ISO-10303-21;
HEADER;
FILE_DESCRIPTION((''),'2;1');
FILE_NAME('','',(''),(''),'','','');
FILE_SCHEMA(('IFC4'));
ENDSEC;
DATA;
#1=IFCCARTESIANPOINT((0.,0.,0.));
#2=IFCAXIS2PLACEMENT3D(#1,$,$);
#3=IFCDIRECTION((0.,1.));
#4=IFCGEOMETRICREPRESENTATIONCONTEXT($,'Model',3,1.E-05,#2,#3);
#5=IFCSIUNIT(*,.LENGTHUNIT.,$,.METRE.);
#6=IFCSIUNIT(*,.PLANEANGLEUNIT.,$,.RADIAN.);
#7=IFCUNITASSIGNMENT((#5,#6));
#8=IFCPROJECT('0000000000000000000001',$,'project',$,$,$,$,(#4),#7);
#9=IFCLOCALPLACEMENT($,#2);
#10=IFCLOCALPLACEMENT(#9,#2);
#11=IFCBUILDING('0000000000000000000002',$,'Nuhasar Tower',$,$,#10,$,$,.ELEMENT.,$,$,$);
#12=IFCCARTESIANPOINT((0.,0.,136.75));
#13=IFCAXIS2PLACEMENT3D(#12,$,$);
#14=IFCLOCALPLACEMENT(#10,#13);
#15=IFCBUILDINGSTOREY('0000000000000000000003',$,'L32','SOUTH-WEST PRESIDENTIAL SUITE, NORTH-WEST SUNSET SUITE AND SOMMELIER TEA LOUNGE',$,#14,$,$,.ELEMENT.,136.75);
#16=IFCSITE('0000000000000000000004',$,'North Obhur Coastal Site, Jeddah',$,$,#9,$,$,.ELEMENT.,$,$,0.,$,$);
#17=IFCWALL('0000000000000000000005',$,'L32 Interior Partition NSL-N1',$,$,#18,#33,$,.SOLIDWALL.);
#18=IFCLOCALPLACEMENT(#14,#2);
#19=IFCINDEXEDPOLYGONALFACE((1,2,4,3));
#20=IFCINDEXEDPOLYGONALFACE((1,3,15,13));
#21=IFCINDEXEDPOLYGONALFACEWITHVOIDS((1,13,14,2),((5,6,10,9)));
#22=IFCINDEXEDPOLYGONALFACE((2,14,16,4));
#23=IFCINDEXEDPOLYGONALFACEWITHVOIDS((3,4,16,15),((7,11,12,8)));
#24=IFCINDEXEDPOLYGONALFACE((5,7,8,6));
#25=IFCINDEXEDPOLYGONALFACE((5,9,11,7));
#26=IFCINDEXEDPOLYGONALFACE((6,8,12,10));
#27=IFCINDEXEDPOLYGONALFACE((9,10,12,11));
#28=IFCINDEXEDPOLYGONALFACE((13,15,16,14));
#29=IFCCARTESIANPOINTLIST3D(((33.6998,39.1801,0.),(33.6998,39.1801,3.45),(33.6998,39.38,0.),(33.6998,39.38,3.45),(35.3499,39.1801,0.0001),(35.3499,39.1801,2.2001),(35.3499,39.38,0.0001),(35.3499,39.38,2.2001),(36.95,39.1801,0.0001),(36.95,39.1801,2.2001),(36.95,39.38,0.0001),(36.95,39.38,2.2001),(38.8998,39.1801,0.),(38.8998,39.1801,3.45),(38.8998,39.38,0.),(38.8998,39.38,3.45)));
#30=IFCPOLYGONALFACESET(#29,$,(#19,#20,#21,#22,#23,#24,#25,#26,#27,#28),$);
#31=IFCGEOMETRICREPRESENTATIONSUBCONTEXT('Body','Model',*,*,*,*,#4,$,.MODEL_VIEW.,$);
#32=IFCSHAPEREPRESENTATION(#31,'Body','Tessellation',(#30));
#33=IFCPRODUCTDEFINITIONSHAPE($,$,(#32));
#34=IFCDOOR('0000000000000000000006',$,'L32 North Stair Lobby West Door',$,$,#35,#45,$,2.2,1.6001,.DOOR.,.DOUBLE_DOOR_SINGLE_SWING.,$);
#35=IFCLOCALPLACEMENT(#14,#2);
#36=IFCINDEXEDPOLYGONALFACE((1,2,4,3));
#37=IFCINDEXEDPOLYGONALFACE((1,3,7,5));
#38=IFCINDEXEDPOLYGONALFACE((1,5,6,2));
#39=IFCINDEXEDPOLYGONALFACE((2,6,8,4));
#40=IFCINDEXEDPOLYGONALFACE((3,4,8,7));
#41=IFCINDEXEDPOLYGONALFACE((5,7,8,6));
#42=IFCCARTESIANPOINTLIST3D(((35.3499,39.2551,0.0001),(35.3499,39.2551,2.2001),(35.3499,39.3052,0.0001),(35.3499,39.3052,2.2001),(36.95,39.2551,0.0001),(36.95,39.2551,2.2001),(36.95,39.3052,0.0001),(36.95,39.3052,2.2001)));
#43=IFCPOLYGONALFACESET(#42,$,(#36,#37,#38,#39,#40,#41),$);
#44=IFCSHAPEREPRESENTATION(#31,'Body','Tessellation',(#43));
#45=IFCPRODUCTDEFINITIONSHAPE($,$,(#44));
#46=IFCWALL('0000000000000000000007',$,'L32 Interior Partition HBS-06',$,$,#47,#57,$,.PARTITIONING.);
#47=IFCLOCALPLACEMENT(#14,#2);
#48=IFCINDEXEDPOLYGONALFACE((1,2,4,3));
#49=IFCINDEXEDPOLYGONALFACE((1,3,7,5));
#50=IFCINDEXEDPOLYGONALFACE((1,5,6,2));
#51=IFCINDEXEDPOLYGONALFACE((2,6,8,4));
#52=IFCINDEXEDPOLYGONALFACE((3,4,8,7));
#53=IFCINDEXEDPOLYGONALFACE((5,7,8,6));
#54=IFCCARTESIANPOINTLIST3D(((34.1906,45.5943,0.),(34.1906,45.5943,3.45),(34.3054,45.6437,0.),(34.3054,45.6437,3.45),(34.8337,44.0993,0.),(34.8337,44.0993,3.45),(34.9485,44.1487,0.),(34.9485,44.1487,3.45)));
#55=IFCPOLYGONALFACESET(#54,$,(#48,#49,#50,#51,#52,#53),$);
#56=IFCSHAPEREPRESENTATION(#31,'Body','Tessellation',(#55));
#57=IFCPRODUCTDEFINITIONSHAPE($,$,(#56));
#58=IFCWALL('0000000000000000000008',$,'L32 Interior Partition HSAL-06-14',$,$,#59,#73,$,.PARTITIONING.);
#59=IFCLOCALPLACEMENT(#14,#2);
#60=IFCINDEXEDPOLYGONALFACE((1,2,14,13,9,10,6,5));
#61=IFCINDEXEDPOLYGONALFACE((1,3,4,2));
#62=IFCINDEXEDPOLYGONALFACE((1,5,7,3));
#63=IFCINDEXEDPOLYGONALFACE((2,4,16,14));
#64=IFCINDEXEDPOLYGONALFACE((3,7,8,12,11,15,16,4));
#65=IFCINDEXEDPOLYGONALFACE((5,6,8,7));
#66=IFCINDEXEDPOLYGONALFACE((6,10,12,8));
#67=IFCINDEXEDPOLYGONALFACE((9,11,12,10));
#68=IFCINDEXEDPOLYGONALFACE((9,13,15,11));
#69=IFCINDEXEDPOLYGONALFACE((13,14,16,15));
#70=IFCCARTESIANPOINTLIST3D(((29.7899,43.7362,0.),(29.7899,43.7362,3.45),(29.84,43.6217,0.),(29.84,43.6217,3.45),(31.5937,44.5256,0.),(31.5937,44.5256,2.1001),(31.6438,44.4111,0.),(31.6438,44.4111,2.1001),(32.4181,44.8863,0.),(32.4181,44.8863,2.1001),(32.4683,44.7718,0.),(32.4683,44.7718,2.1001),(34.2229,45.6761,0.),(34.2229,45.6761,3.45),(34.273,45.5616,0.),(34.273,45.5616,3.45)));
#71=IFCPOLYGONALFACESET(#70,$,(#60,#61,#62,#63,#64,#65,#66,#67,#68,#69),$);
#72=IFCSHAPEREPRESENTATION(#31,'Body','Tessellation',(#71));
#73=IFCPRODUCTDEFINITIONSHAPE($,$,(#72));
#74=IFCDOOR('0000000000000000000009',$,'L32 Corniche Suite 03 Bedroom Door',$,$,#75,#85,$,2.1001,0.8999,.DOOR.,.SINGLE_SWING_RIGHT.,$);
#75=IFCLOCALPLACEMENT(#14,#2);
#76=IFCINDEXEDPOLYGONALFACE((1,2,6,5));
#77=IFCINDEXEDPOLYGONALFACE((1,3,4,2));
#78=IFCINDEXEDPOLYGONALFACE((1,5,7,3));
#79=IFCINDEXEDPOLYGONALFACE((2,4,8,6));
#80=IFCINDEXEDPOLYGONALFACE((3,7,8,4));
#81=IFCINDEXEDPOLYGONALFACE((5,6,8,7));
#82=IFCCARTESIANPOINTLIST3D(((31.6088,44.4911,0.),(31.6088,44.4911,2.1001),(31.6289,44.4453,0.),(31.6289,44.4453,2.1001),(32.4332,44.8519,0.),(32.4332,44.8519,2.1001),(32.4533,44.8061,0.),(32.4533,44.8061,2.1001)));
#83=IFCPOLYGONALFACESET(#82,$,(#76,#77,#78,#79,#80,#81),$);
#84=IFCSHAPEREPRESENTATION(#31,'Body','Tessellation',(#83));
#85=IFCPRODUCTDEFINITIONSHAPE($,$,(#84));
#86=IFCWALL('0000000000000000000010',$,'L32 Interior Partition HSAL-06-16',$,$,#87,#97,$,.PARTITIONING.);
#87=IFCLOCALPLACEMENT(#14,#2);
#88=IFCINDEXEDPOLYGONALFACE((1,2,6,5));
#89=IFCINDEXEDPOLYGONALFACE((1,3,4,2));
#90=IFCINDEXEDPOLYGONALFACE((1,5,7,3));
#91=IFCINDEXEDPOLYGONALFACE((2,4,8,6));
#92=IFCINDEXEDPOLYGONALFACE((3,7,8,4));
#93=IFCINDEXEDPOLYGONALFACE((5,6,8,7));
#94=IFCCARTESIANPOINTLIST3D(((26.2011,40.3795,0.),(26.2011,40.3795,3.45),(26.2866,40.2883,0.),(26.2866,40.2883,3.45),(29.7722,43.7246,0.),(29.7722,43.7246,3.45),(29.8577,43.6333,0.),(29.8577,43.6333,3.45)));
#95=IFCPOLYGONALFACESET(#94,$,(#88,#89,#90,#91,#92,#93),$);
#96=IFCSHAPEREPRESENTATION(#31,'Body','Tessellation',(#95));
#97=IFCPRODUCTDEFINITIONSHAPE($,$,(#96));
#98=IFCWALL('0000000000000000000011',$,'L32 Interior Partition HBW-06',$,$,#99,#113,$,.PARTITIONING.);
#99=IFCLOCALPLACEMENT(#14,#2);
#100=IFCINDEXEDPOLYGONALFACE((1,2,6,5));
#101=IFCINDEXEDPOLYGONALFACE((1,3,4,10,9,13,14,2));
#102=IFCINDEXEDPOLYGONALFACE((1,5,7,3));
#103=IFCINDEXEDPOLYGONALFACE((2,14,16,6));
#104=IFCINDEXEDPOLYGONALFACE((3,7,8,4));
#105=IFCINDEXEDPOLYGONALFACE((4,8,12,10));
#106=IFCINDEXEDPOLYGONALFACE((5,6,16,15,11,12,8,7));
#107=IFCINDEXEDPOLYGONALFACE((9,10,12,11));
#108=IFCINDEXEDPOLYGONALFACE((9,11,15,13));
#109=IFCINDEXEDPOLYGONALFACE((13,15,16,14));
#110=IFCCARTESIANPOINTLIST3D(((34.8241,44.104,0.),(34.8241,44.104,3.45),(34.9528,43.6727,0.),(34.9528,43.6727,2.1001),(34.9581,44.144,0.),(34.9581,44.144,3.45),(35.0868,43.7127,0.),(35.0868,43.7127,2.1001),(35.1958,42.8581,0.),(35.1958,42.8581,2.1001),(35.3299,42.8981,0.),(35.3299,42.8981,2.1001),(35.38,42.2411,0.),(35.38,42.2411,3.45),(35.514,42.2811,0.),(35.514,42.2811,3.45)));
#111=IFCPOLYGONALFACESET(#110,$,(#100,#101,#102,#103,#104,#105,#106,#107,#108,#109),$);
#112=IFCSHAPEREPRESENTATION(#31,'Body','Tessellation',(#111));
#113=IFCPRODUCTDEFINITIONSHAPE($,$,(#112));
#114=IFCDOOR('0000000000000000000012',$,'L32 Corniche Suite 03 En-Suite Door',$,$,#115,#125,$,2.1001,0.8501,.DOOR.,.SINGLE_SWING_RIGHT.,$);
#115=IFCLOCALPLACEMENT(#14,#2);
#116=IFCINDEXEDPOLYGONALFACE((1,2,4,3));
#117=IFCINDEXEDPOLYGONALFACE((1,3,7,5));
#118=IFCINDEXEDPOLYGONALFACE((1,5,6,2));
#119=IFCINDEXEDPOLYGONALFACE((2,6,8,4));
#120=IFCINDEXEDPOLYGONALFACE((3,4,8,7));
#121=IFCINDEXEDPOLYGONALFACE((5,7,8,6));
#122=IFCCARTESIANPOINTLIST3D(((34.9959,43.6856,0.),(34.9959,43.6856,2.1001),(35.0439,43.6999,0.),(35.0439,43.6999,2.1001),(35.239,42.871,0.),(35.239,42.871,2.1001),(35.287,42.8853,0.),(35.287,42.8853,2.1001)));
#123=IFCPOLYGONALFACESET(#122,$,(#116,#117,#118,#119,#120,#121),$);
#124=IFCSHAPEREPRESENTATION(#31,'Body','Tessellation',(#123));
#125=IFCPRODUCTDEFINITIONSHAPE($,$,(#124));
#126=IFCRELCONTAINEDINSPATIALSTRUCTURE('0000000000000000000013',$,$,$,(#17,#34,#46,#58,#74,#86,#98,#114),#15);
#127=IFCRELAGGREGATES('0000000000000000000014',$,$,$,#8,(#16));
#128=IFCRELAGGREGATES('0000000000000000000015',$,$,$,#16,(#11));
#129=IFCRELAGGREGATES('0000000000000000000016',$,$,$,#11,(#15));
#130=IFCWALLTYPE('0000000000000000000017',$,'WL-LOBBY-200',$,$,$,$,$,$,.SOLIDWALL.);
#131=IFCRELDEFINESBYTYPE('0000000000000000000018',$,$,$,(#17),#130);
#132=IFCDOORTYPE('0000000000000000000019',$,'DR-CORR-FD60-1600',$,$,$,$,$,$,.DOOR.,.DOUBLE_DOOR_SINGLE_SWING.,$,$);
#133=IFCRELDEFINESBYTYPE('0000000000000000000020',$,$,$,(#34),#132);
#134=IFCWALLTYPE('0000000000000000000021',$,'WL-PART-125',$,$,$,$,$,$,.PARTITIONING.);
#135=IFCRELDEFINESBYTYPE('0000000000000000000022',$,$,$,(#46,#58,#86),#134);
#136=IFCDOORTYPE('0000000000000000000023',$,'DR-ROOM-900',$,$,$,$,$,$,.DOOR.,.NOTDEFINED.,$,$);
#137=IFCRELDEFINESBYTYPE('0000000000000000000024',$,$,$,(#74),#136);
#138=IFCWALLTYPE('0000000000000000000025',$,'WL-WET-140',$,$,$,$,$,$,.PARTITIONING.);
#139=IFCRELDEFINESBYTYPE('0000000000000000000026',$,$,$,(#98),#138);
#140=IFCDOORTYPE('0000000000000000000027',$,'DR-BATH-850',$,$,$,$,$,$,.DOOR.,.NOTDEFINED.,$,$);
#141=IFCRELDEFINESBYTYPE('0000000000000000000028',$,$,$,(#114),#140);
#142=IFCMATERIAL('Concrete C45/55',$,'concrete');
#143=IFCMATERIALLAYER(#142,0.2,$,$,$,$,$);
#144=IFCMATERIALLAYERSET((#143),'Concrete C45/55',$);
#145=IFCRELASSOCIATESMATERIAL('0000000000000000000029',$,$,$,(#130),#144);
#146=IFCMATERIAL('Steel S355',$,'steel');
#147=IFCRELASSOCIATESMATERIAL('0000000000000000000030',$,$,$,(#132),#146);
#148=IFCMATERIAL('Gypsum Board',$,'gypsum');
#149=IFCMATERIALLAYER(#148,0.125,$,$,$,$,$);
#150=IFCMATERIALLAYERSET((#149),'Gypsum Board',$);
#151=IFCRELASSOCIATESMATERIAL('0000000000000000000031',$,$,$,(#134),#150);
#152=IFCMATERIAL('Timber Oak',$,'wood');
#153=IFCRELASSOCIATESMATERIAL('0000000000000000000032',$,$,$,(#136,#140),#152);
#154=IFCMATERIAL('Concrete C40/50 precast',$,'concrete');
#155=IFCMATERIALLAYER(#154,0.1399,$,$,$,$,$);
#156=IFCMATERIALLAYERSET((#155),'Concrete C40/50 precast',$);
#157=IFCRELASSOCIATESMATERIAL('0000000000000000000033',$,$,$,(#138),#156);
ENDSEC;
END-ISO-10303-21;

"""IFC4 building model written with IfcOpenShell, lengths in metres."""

from ifc_helpers import new_model, si_unit, direction, frame, frame_2d, origin, place, context, subcontext, project, spatial, rectangle, extrude, material, layer, layer_set, type_object, element, fill, save


model = new_model("IFC4")

# Units and contexts
model_context = context("Model", 3, precision=1e-05, world=origin(), true_north=direction((0.0, 1.0)))
body_context = subcontext(model_context, "Body", "Model", "MODEL_VIEW")
ifc_project = project(units=[si_unit("LENGTHUNIT", "METRE"), si_unit("PLANEANGLEUNIT", "RADIAN")], contexts=[model_context])

# Site, building, storey
site_placement = place(None, origin())
site = spatial("IfcSite", under=ifc_project, at=site_placement, Name="North Obhur Coastal Site, Jeddah", CompositionType="ELEMENT", RefElevation=0.0)
building_placement = place(site_placement, origin())
building = spatial("IfcBuilding", under=site, at=building_placement, Name="Nuhasar Tower", CompositionType="ELEMENT")
storey_placement = place(building_placement, frame((0.0, 0.0, 136.75)))
storey = spatial("IfcBuildingStorey", under=building, at=storey_placement, Name="L32", Description="SOUTH-WEST PRESIDENTIAL SUITE, NORTH-WEST SUNSET SUITE AND SOMMELIER TEA LOUNGE", CompositionType="ELEMENT", Elevation=136.75)

# Shared definitions
ifc_material_1 = material(Name="Steel S355", Category="steel")

# Shared definitions
ifc_material_2 = material(Name="Gypsum Board", Category="gypsum")
ifc_material_3 = material(Name="Timber Oak", Category="wood")

# Shared definitions
ifc_material_4 = material(Name="Concrete C45/55", Category="concrete")
ifc_layer_1 = layer(ifc_material_4, 0.2)
ifc_layer_set_1 = layer_set([ifc_layer_1], Name="Concrete C45/55")
wall_type_1 = type_object("IfcWallType", Name="WL-LOBBY-200", PredefinedType="SOLIDWALL", material=ifc_layer_set_1)

# Wall, opening, door
wall_1_placement = place(storey_placement, frame((38.8999, 39.28, 0.0), z_axis=(0.0, 0.0, 1.0), x_axis=(-1.0, 0.0, 0.0)))
wall_1 = element("IfcWall", 1, at=wall_1_placement, inside=storey, type_object=wall_type_1, Name="L32 Interior Partition NSL-N1", PredefinedType="SOLIDWALL", context=body_context, shape_type="SweptSolid", body=[
    extrude(rectangle(XDim=5.2, YDim=0.2, at=frame_2d((2.6001, 0.0))), origin(), (0.0, 0.0, 1.0), 3.45),
])
opening_1_placement = place(wall_1_placement, frame((1.95, 0.0, 0.0)))
opening_1 = element("IfcOpeningElement", 2, at=opening_1_placement, cuts=wall_1, PredefinedType="OPENING", context=body_context, shape_type="SweptSolid", body=[
    extrude(rectangle(XDim=1.6001, YDim=2.2, at=frame_2d((0.8, 1.1001))), frame((0.0, 0.1099, 0.0), z_axis=(0.0, -1.0, 0.0), x_axis=(1.0, 0.0, 0.0)), (0.0, 0.0, 1.0), 0.22),
])
door_type_1 = type_object("IfcDoorType", Name="DR-CORR-FD60-1600", OperationType="DOUBLE_DOOR_SINGLE_SWING", PredefinedType="DOOR", material=ifc_material_1)
door_1_placement = place(opening_1_placement, origin())
door_1 = element("IfcDoor", 3, at=door_1_placement, inside=storey, type_object=door_type_1, Name="L32 North Stair Lobby West Door", OperationType="DOUBLE_DOOR_SINGLE_SWING", OverallHeight=2.2, OverallWidth=1.6001, PredefinedType="DOOR", context=body_context, shape_type="SweptSolid", body=[
    extrude(rectangle(XDim=1.6001, YDim=2.2, at=frame_2d((0.8, 1.1001))), frame((0.0, 0.0249, 0.0), z_axis=(0.0, -1.0, 0.0), x_axis=(1.0, 0.0, 0.0)), (0.0, 0.0, 1.0), 0.05),
])
fill(opening_1, door_1)

# Wall
ifc_layer_2 = layer(ifc_material_2, 0.125)
ifc_layer_set_2 = layer_set([ifc_layer_2], Name="Gypsum Board")
wall_type_2 = type_object("IfcWallType", Name="WL-PART-125", PredefinedType="PARTITIONING", material=ifc_layer_set_2)
wall_2_placement = place(storey_placement, frame((34.8911, 44.124, 0.0), z_axis=(0.0, 0.0, 1.0), x_axis=(-0.395168, 0.918609, 0.0)))
element("IfcWall", 4, at=wall_2_placement, inside=storey, type_object=wall_type_2, Name="L32 Interior Partition HBS-06", PredefinedType="PARTITIONING", context=body_context, shape_type="SweptSolid", body=[
    extrude(rectangle(XDim=1.6274, YDim=0.125, at=frame_2d((0.8137, 0.0))), origin(), (0.0, 0.0, 1.0), 3.45),
])

# Wall, opening, door
wall_3_placement = place(storey_placement, frame((29.8149, 43.679, 0.0), z_axis=(0.0, 0.0, 1.0), x_axis=(0.916123, 0.400898, 0.0)))
wall_3 = element("IfcWall", 5, at=wall_3_placement, inside=storey, type_object=wall_type_2, Name="L32 Interior Partition HSAL-06-14", PredefinedType="PARTITIONING", context=body_context, shape_type="SweptSolid", body=[
    extrude(rectangle(XDim=4.8389, YDim=0.125, at=frame_2d((2.4194, 0.0))), origin(), (0.0, 0.0, 1.0), 3.45),
])
opening_2_placement = place(wall_3_placement, frame((1.969, 0.0, 0.0)))
opening_2 = element("IfcOpeningElement", 6, at=opening_2_placement, cuts=wall_3, PredefinedType="OPENING", context=body_context, shape_type="SweptSolid", body=[
    extrude(rectangle(XDim=0.8999, YDim=2.1001, at=frame_2d((0.45, 1.05))), frame((0.0, 0.0725, 0.0), z_axis=(0.0, -1.0, 0.0), x_axis=(1.0, 0.0, 0.0)), (0.0, 0.0, 1.0), 0.145),
])
door_type_2 = type_object("IfcDoorType", Name="DR-ROOM-900", OperationType="NOTDEFINED", PredefinedType="DOOR", material=ifc_material_3)
door_2_placement = place(opening_2_placement, origin())
door_2 = element("IfcDoor", 7, at=door_2_placement, inside=storey, type_object=door_type_2, Name="L32 Corniche Suite 03 Bedroom Door", OperationType="SINGLE_SWING_RIGHT", OverallHeight=2.1001, OverallWidth=0.8999, PredefinedType="DOOR", context=body_context, shape_type="SweptSolid", body=[
    extrude(rectangle(XDim=0.8999, YDim=2.1001, at=frame_2d((0.45, 1.05))), frame((0.0, 0.0249, 0.0), z_axis=(0.0, -1.0, 0.0), x_axis=(1.0, 0.0, 0.0)), (0.0, 0.0, 1.0), 0.05),
])
fill(opening_2, door_2)

# Wall
wall_4_placement = place(storey_placement, frame((29.8149, 43.679, 0.0), z_axis=(0.0, 0.0, 1.0), x_axis=(-0.729831, -0.683627, 0.0)))
element("IfcWall", 8, at=wall_4_placement, inside=storey, type_object=wall_type_2, Name="L32 Interior Partition HSAL-06-16", PredefinedType="PARTITIONING", context=body_context, shape_type="SweptSolid", body=[
    extrude(rectangle(XDim=4.8931, YDim=0.125, at=frame_2d((2.4465, 0.0))), origin(), (0.0, 0.0, 1.0), 3.45),
])

# Wall, opening, door
ifc_material_5 = material(Name="Concrete C40/50 precast", Category="concrete")
ifc_layer_3 = layer(ifc_material_5, 0.1399)
ifc_layer_set_3 = layer_set([ifc_layer_3], Name="Concrete C40/50 precast")
wall_type_3 = type_object("IfcWallType", Name="WL-WET-140", PredefinedType="PARTITIONING", material=ifc_layer_set_3)
wall_5_placement = place(storey_placement, frame((35.447, 42.261, 0.0), z_axis=(0.0, 0.0, 1.0), x_axis=(-0.285931, 0.95825, 0.0)))
wall_5 = element("IfcWall", 9, at=wall_5_placement, inside=storey, type_object=wall_type_3, Name="L32 Interior Partition HBW-06", PredefinedType="PARTITIONING", context=body_context, shape_type="SweptSolid", body=[
    extrude(rectangle(XDim=1.9441, YDim=0.1399, at=frame_2d((0.9722, 0.0))), origin(), (0.0, 0.0, 1.0), 3.45),
])
opening_3_placement = place(wall_5_placement, frame((0.644, 0.0, 0.0)))
opening_3 = element("IfcOpeningElement", 10, at=opening_3_placement, cuts=wall_5, PredefinedType="OPENING", context=body_context, shape_type="SweptSolid", body=[
    extrude(rectangle(XDim=0.8501, YDim=2.1001, at=frame_2d((0.425, 1.05))), frame((0.0, 0.0801, 0.0), z_axis=(0.0, -1.0, 0.0), x_axis=(1.0, 0.0, 0.0)), (0.0, 0.0, 1.0), 0.1599),
])
door_type_3 = type_object("IfcDoorType", Name="DR-BATH-850", OperationType="NOTDEFINED", PredefinedType="DOOR", material=ifc_material_3)
door_3_placement = place(opening_3_placement, origin())
door_3 = element("IfcDoor", 11, at=door_3_placement, inside=storey, type_object=door_type_3, Name="L32 Corniche Suite 03 En-Suite Door", OperationType="SINGLE_SWING_RIGHT", OverallHeight=2.1001, OverallWidth=0.8501, PredefinedType="DOOR", context=body_context, shape_type="SweptSolid", body=[
    extrude(rectangle(XDim=0.8501, YDim=2.1001, at=frame_2d((0.425, 1.05))), frame((0.0, 0.0249, 0.0), z_axis=(0.0, -1.0, 0.0), x_axis=(1.0, 0.0, 0.0)), (0.0, 0.0, 1.0), 0.05),
])
fill(opening_3, door_3)

save(model, "model.ifc")
